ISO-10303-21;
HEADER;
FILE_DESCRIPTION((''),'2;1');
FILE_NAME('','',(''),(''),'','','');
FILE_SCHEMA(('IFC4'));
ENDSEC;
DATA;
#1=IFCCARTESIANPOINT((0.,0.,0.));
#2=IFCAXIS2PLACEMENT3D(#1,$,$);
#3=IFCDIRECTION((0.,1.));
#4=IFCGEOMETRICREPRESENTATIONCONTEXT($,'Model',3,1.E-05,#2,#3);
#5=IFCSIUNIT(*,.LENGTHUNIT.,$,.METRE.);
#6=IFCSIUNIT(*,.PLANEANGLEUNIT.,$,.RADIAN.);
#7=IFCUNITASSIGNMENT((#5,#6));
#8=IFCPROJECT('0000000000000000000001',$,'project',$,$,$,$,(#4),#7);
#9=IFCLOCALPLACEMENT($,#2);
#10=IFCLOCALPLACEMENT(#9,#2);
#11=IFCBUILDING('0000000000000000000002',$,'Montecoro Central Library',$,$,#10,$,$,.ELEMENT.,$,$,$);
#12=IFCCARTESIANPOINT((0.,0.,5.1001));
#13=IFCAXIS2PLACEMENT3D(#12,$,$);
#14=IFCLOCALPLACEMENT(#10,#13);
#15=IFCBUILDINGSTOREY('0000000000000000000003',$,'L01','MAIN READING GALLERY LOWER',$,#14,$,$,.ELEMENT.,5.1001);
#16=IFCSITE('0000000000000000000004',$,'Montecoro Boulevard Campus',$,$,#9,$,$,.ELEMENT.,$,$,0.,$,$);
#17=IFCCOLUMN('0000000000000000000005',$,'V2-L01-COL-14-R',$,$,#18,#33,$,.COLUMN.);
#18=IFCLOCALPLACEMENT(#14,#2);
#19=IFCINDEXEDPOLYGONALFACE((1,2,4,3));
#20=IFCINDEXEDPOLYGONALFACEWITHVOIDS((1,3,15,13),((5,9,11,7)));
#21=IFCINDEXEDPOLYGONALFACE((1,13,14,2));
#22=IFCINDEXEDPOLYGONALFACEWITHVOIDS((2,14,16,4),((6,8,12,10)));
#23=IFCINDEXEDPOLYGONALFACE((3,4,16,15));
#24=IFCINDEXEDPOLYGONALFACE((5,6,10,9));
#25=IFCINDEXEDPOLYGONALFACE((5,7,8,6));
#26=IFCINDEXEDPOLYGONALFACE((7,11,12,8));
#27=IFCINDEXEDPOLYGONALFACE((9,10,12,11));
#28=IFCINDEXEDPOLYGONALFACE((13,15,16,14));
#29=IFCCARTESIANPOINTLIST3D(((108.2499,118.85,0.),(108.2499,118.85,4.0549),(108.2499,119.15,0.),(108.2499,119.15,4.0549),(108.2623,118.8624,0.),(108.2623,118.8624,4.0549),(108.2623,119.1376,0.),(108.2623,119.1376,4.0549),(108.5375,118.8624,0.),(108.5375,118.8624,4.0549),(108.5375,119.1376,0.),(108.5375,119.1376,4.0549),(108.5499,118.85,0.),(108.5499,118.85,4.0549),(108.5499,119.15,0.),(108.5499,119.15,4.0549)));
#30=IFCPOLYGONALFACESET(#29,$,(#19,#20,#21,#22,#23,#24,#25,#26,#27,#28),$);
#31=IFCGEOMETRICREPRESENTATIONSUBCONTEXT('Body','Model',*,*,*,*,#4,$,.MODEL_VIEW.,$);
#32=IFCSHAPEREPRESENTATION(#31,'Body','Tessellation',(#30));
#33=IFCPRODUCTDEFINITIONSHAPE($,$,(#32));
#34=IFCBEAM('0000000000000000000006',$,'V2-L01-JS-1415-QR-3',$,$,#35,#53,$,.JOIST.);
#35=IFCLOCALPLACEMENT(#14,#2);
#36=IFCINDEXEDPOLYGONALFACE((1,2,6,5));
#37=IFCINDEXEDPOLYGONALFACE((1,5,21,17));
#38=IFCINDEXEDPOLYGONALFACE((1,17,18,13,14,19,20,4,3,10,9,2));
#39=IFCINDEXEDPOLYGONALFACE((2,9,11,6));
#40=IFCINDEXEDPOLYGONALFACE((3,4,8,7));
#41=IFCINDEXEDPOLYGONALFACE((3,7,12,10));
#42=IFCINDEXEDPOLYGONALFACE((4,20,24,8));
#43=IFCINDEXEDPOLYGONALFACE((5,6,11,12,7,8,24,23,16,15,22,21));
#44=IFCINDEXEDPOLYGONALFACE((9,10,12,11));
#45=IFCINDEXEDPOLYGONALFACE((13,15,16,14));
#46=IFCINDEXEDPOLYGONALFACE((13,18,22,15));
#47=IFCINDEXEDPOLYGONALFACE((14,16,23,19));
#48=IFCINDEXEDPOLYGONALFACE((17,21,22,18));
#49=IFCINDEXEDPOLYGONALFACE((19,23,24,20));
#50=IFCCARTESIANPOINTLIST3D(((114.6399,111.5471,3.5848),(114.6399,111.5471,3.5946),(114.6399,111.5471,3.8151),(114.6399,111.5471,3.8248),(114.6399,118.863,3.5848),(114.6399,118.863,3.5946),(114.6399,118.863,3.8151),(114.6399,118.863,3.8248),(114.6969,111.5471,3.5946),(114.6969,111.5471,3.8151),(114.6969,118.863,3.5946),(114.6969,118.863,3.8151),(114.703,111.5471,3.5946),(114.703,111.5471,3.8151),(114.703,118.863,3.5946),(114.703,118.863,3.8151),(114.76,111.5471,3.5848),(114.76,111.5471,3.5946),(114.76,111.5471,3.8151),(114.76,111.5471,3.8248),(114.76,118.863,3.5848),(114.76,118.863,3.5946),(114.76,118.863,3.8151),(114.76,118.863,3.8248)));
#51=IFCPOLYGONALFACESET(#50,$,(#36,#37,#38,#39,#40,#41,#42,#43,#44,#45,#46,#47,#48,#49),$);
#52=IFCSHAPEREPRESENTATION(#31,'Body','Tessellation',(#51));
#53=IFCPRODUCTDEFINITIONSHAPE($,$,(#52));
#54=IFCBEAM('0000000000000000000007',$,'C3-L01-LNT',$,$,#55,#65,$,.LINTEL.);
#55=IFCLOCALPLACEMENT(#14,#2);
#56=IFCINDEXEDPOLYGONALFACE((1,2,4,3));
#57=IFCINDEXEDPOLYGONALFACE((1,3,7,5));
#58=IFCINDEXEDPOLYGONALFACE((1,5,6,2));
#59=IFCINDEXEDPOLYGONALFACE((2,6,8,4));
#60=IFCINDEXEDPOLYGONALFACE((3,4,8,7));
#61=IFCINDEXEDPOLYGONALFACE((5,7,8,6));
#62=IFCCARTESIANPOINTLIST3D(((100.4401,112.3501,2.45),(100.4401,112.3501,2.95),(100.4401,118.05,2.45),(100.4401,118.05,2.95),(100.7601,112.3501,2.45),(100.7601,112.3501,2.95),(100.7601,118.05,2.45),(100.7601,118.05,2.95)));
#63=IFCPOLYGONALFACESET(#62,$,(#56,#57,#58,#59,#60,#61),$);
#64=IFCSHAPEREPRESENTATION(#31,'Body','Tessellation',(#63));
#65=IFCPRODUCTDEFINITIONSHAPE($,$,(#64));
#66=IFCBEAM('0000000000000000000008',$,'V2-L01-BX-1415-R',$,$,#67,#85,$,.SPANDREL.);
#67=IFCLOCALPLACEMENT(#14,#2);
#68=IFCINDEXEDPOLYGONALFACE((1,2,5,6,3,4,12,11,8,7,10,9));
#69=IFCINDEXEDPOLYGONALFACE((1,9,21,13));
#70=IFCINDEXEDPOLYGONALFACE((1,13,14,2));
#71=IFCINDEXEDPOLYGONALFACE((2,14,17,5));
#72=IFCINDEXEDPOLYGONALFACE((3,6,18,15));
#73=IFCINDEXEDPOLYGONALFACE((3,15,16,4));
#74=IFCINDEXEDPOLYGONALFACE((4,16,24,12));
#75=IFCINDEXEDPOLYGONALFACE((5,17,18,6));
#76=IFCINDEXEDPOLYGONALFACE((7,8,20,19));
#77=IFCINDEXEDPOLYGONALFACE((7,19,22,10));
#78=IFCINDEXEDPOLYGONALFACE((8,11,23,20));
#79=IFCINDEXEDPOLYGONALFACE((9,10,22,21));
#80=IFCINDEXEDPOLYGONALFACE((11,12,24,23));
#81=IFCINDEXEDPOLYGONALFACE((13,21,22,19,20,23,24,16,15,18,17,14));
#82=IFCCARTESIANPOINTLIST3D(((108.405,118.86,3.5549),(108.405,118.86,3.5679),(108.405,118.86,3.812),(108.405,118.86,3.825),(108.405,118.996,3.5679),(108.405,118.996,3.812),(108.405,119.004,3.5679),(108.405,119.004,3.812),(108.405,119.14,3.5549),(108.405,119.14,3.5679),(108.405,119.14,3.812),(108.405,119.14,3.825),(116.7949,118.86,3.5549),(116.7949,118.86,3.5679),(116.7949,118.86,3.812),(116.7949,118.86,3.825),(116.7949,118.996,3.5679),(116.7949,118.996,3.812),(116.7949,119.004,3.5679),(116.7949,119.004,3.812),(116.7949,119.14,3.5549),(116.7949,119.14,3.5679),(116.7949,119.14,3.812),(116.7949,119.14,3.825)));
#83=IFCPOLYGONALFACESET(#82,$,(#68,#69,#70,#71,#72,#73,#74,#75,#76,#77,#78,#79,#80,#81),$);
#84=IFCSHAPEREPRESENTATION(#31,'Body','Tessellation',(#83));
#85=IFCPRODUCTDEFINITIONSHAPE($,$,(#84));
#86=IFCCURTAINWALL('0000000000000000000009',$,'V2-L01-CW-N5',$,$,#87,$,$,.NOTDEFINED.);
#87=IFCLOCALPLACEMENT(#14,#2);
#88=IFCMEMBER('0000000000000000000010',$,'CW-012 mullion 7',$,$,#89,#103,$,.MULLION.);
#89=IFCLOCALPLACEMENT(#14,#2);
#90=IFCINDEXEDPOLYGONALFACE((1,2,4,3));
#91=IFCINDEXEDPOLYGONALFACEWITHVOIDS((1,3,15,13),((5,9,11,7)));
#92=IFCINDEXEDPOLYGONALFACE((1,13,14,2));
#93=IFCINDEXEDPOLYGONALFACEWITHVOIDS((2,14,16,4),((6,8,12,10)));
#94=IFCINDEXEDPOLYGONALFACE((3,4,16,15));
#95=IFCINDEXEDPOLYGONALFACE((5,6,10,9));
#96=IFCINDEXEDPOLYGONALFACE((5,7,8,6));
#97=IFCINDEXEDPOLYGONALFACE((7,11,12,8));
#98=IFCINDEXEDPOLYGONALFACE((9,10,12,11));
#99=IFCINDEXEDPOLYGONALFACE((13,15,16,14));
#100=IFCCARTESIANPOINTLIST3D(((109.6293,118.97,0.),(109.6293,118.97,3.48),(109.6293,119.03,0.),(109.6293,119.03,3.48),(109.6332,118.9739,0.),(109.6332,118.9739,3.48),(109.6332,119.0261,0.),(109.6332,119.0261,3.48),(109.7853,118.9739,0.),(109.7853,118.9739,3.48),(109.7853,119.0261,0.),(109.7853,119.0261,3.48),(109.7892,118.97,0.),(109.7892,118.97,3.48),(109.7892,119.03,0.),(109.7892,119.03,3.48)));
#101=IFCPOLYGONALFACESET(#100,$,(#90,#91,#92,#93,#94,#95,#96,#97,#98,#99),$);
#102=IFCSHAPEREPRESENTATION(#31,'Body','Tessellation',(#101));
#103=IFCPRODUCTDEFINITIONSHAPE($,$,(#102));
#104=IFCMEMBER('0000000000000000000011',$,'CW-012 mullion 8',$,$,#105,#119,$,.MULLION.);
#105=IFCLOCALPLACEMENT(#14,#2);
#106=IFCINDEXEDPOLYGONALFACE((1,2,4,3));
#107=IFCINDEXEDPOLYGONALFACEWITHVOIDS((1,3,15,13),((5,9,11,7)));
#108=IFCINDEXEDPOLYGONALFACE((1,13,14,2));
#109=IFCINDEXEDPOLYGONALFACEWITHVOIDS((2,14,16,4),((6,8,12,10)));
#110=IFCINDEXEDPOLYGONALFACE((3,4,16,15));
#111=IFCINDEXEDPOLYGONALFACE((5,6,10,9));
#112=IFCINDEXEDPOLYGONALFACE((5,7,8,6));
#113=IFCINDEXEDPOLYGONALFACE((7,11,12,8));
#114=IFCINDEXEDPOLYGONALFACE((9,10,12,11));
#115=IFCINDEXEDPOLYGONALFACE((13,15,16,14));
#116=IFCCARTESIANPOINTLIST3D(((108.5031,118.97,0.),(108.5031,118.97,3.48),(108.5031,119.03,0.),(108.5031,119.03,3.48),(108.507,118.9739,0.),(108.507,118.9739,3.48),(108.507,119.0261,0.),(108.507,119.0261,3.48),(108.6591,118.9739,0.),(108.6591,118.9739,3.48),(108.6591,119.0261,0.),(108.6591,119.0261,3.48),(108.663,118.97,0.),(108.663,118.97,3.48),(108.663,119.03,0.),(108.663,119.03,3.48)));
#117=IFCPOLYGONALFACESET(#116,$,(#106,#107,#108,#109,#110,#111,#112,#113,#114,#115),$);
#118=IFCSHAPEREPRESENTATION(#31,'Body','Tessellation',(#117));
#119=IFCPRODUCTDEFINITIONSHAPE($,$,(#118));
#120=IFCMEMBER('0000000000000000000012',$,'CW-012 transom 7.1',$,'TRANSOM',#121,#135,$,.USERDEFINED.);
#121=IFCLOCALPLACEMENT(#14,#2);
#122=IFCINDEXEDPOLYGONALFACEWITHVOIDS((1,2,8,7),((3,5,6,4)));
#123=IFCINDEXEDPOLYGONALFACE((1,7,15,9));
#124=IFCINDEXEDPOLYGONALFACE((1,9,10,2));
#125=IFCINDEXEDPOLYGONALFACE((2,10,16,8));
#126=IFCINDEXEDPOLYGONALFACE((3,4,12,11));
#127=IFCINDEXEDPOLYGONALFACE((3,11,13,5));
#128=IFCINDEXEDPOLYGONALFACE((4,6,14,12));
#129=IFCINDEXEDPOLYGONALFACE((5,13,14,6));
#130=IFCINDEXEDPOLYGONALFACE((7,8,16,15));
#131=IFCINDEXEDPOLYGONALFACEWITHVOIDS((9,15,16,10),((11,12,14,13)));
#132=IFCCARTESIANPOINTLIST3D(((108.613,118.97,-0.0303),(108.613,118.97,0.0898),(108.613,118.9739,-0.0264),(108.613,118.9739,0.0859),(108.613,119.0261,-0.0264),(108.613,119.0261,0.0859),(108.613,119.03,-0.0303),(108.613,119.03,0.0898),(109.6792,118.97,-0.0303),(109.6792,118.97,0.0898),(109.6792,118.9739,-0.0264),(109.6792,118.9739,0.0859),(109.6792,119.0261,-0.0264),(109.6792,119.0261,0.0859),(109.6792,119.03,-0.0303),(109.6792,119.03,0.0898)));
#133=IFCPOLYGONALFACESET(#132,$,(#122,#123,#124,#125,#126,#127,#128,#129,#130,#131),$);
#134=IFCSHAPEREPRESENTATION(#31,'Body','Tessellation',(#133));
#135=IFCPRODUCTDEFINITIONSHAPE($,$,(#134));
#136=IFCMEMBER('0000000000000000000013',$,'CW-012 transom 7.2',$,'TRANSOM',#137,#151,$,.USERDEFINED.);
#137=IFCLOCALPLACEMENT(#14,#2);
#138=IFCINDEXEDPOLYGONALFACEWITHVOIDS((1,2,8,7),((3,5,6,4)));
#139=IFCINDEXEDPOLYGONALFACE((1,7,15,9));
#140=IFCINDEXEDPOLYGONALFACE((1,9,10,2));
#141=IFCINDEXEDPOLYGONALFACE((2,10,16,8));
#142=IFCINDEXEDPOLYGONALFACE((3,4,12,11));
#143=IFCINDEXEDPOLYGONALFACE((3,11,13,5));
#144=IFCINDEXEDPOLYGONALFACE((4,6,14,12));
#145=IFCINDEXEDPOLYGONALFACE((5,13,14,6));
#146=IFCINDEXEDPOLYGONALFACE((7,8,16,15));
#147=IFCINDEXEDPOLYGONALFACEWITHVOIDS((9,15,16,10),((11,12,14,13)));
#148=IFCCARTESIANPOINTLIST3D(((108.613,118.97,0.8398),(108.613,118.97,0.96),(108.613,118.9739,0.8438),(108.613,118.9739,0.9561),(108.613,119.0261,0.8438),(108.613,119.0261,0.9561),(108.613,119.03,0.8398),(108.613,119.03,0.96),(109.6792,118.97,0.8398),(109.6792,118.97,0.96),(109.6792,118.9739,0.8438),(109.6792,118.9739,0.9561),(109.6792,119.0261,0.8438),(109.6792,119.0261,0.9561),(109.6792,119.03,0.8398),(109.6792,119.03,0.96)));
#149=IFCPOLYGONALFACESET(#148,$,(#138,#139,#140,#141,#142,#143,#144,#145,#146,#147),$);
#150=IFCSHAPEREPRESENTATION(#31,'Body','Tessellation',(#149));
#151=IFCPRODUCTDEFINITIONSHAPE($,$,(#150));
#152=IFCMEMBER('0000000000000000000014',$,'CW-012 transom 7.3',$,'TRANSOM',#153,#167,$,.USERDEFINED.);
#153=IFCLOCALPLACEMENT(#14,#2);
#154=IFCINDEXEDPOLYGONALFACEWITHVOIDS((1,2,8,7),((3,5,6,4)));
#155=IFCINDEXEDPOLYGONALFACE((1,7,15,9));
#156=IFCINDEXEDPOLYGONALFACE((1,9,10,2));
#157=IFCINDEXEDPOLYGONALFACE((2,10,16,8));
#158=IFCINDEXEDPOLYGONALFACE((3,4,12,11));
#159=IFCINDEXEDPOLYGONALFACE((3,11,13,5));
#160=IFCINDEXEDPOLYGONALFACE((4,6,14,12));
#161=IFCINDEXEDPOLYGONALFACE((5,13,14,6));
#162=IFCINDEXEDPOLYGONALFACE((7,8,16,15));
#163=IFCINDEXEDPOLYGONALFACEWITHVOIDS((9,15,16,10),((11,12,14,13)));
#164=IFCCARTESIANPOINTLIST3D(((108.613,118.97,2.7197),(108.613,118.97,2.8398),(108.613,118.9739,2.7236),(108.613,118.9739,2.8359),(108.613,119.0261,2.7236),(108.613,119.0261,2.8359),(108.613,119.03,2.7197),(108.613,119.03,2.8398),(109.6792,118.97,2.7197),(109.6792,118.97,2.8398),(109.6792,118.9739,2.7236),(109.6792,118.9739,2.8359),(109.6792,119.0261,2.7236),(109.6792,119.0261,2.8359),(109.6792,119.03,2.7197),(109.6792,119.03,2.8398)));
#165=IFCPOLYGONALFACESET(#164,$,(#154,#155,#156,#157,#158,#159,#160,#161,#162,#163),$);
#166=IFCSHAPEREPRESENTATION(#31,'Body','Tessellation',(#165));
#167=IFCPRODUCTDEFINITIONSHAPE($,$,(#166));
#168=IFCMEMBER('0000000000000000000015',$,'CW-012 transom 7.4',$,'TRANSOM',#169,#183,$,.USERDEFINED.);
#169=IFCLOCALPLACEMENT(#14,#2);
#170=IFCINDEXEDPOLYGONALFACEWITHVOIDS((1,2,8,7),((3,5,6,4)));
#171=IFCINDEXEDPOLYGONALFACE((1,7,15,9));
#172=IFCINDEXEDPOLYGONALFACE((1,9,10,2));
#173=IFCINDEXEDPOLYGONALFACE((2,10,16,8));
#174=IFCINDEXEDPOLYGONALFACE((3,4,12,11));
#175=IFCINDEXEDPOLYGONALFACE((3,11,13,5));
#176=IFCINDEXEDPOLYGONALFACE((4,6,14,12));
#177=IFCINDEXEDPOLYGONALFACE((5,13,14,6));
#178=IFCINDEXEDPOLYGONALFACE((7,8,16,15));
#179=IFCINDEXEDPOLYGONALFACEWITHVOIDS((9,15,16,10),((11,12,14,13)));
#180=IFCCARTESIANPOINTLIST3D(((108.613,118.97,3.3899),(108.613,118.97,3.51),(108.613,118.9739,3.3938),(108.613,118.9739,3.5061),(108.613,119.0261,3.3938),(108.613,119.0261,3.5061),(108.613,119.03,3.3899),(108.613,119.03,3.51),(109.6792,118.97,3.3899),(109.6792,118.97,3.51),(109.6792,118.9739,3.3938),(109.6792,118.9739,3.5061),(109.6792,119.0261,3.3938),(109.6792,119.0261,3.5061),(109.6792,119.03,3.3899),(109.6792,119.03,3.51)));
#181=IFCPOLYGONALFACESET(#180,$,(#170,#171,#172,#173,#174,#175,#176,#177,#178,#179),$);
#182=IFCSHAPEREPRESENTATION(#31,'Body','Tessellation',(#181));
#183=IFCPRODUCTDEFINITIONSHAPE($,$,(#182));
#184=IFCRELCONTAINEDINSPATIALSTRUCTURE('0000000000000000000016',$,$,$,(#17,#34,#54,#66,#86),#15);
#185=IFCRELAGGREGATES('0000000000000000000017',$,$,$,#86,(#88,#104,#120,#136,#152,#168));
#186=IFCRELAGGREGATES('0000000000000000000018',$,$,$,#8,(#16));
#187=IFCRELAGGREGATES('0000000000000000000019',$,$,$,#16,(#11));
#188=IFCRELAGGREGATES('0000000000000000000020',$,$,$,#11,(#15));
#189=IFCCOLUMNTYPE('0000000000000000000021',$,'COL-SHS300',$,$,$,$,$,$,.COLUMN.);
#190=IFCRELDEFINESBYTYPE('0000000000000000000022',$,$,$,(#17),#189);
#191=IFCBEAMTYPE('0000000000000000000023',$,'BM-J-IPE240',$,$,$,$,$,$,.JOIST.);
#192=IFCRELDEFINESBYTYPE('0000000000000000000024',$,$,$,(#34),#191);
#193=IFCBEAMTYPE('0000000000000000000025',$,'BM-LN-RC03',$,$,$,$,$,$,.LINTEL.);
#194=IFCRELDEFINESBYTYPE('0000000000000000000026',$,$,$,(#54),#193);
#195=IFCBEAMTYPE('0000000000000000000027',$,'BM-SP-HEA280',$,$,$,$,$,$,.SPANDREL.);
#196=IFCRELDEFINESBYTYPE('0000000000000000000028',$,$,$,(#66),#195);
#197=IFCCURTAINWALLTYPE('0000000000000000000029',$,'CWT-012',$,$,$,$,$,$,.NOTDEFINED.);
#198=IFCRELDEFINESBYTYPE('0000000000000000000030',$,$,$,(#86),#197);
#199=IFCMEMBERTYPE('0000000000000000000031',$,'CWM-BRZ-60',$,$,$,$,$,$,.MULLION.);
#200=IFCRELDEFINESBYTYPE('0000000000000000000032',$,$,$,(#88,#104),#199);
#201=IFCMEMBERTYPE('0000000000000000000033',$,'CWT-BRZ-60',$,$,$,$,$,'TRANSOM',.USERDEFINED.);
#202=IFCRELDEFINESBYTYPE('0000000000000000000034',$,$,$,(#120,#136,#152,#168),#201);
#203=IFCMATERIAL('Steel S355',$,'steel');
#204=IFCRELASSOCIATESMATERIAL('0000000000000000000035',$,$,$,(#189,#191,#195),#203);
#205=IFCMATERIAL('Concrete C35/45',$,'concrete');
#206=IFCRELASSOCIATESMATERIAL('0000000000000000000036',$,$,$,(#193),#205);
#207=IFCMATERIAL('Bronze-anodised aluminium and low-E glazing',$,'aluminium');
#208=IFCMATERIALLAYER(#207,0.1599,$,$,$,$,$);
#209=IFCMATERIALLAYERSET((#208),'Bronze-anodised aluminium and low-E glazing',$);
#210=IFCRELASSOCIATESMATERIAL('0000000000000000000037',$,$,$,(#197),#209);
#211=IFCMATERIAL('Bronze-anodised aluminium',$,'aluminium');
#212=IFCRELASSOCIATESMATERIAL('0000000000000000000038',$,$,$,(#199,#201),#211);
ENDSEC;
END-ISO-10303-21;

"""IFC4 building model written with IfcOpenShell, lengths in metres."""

from ifc_helpers import new_model, si_unit, direction, frame, origin, origin_2d, place, context, subcontext, project, spatial, rectangle, hollow_rectangle, i_section, extrude, material, layer, layer_set, material_profile, profile_set, type_object, element, aggregate, save


model = new_model("IFC4")

# Units and contexts
model_context = context("Model", 3, precision=1e-05, world=origin(), true_north=direction((0.0, 1.0)))
body_context = subcontext(model_context, "Body", "Model", "MODEL_VIEW")
ifc_project = project(units=[si_unit("LENGTHUNIT", "METRE"), si_unit("PLANEANGLEUNIT", "RADIAN")], contexts=[model_context])

# Site, building, storey
site_placement = place(None, origin())
site = spatial("IfcSite", under=ifc_project, at=site_placement, Name="Montecoro Boulevard Campus", CompositionType="ELEMENT", RefElevation=0.0)
building_placement = place(site_placement, origin())
building = spatial("IfcBuilding", under=site, at=building_placement, Name="Montecoro Central Library", CompositionType="ELEMENT")
storey_placement = place(building_placement, frame((0.0, 0.0, 5.1001)))
storey = spatial("IfcBuildingStorey", under=building, at=storey_placement, Name="L01", Description="MAIN READING GALLERY LOWER", CompositionType="ELEMENT", Elevation=5.1001)

# Column
ifc_material_1 = material(Name="Steel S355", Category="steel")
ifc_material_profile_1 = material_profile(ifc_material_1, hollow_rectangle(XDim=0.3, YDim=0.3, WallThickness=0.0125, at=origin_2d()), Name="SHS 300x300x12.5")
ifc_profile_set_1 = profile_set([ifc_material_profile_1], Name="Steel S355")
column_type = type_object("IfcColumnType", Name="COL-SHS300", PredefinedType="COLUMN", material=ifc_profile_set_1)
column_placement = place(storey_placement, frame((108.3999, 119.0, 0.0), z_axis=(0.0, 0.0, 1.0), x_axis=(1.0, 0.0, 0.0)))
element("IfcColumn", 1, at=column_placement, inside=storey, type_object=column_type, Name="V2-L01-COL-14-R", PredefinedType="COLUMN", context=body_context, shape_type="SweptSolid", body=[
    extrude(hollow_rectangle(XDim=0.3, YDim=0.3, WallThickness=0.0125, at=origin_2d()), origin(), (0.0, 0.0, 1.0), 4.0549),
])

# Beams
ifc_material_profile_2 = material_profile(ifc_material_1, i_section(OverallWidth=0.1201, OverallDepth=0.24, WebThickness=0.0061, FlangeThickness=0.0098, at=origin_2d()), Name="IPE 240")
ifc_profile_set_2 = profile_set([ifc_material_profile_2], Name="Steel S355")
beam_type_1 = type_object("IfcBeamType", Name="BM-J-IPE240", PredefinedType="JOIST", material=ifc_profile_set_2)
beam_1_placement = place(storey_placement, frame((114.7, 111.5471, 3.7048), z_axis=(0.0, 1.0, 0.0), x_axis=(-1.0, 0.0, 0.0)))
element("IfcBeam", 2, at=beam_1_placement, inside=storey, type_object=beam_type_1, Name="V2-L01-JS-1415-QR-3", PredefinedType="JOIST", context=body_context, shape_type="SweptSolid", body=[
    extrude(i_section(OverallWidth=0.1201, OverallDepth=0.24, WebThickness=0.0061, FlangeThickness=0.0098, at=origin_2d()), origin(), (0.0, 0.0, 1.0), 7.3159),
])
ifc_material_2 = material(Name="Concrete C35/45", Category="concrete")
ifc_material_profile_3 = material_profile(ifc_material_2, rectangle(XDim=0.3201, YDim=0.5, at=origin_2d()), Name="RC LNT 500x320")
ifc_profile_set_3 = profile_set([ifc_material_profile_3], Name="Concrete C35/45")
beam_type_2 = type_object("IfcBeamType", Name="BM-LN-RC03", PredefinedType="LINTEL", material=ifc_profile_set_3)
beam_2_placement = place(storey_placement, frame((100.6001, 112.3501, 2.7), z_axis=(0.0, 1.0, 0.0), x_axis=(-1.0, 0.0, 0.0)))
element("IfcBeam", 3, at=beam_2_placement, inside=storey, type_object=beam_type_2, Name="C3-L01-LNT", PredefinedType="LINTEL", context=body_context, shape_type="SweptSolid", body=[
    extrude(rectangle(XDim=0.3201, YDim=0.5, at=origin_2d()), origin(), (0.0, 0.0, 1.0), 5.7),
])
ifc_material_profile_4 = material_profile(ifc_material_1, i_section(OverallWidth=0.28, OverallDepth=0.27, WebThickness=0.0081, FlangeThickness=0.0129, at=origin_2d()), Name="HEA 280")
ifc_profile_set_4 = profile_set([ifc_material_profile_4], Name="Steel S355")
beam_type_3 = type_object("IfcBeamType", Name="BM-SP-HEA280", PredefinedType="SPANDREL", material=ifc_profile_set_4)
beam_3_placement = place(storey_placement, frame((108.405, 119.0, 3.6899), z_axis=(1.0, 0.0, 0.0), x_axis=(0.0, 1.0, 0.0)))
element("IfcBeam", 4, at=beam_3_placement, inside=storey, type_object=beam_type_3, Name="V2-L01-BX-1415-R", PredefinedType="SPANDREL", context=body_context, shape_type="SweptSolid", body=[
    extrude(i_section(OverallWidth=0.28, OverallDepth=0.27, WebThickness=0.0081, FlangeThickness=0.0129, at=origin_2d()), origin(), (0.0, 0.0, 1.0), 8.3899),
])

# Curtain wall, members
ifc_material_3 = material(Name="Bronze-anodised aluminium and low-E glazing", Category="aluminium")
ifc_layer_1 = layer(ifc_material_3, 0.1599)
ifc_layer_set_1 = layer_set([ifc_layer_1], Name="Bronze-anodised aluminium and low-E glazing")
curtain_wall_type = type_object("IfcCurtainWallType", Name="CWT-012", PredefinedType="NOTDEFINED", material=ifc_layer_set_1)
curtain_wall_placement = place(storey_placement, origin())
curtain_wall = element("IfcCurtainWall", 5, at=curtain_wall_placement, inside=storey, type_object=curtain_wall_type, Name="V2-L01-CW-N5", PredefinedType="NOTDEFINED")
ifc_material_4 = material(Name="Bronze-anodised aluminium", Category="aluminium")
ifc_material_profile_5 = material_profile(ifc_material_4, hollow_rectangle(XDim=0.0601, YDim=0.1599, WallThickness=0.0039, at=origin_2d()), Name="CWM 160x60x4.0")
ifc_profile_set_5 = profile_set([ifc_material_profile_5], Name="Bronze-anodised aluminium")
member_type_1 = type_object("IfcMemberType", Name="CWM-BRZ-60", PredefinedType="MULLION", material=ifc_profile_set_5)
member_1_placement = place(storey_placement, frame((109.7092, 119.0, 0.0), z_axis=(0.0, 0.0, 1.0), x_axis=(0.0, -1.0, 0.0)))
member_1 = element("IfcMember", 6, at=member_1_placement, type_object=member_type_1, Name="CW-012 mullion 7", PredefinedType="MULLION", context=body_context, shape_type="SweptSolid", body=[
    extrude(hollow_rectangle(XDim=0.0601, YDim=0.1599, WallThickness=0.0039, at=origin_2d()), origin(), (0.0, 0.0, 1.0), 3.48),
])
member_2_placement = place(storey_placement, frame((108.583, 119.0, 0.0), z_axis=(0.0, 0.0, 1.0), x_axis=(0.0, -1.0, 0.0)))
member_2 = element("IfcMember", 7, at=member_2_placement, type_object=member_type_1, Name="CW-012 mullion 8", PredefinedType="MULLION", context=body_context, shape_type="SweptSolid", body=[
    extrude(hollow_rectangle(XDim=0.0601, YDim=0.1599, WallThickness=0.0039, at=origin_2d()), origin(), (0.0, 0.0, 1.0), 3.48),
])
ifc_material_profile_6 = material_profile(ifc_material_4, hollow_rectangle(XDim=0.0601, YDim=0.1201, WallThickness=0.0039, at=origin_2d()), Name="CWT 120x60x4.0")
ifc_profile_set_6 = profile_set([ifc_material_profile_6], Name="Bronze-anodised aluminium")
member_type_2 = type_object("IfcMemberType", Name="CWT-BRZ-60", ElementType="TRANSOM", PredefinedType="USERDEFINED", material=ifc_profile_set_6)
member_3_placement = place(storey_placement, frame((109.6792, 119.0, 0.0298), z_axis=(-1.0, 0.0, 0.0), x_axis=(0.0, -1.0, 0.0)))
member_3 = element("IfcMember", 8, at=member_3_placement, type_object=member_type_2, Name="CW-012 transom 7.1", ObjectType="TRANSOM", PredefinedType="USERDEFINED", context=body_context, shape_type="SweptSolid", body=[
    extrude(hollow_rectangle(XDim=0.0601, YDim=0.1201, WallThickness=0.0039, at=origin_2d()), origin(), (0.0, 0.0, 1.0), 1.0662),
])
member_4_placement = place(storey_placement, frame((109.6792, 119.0, 0.8999), z_axis=(-1.0, 0.0, 0.0), x_axis=(0.0, -1.0, 0.0)))
member_4 = element("IfcMember", 9, at=member_4_placement, type_object=member_type_2, Name="CW-012 transom 7.2", ObjectType="TRANSOM", PredefinedType="USERDEFINED", context=body_context, shape_type="SweptSolid", body=[
    extrude(hollow_rectangle(XDim=0.0601, YDim=0.1201, WallThickness=0.0039, at=origin_2d()), origin(), (0.0, 0.0, 1.0), 1.0662),
])
member_5_placement = place(storey_placement, frame((109.6792, 119.0, 2.7798), z_axis=(-1.0, 0.0, 0.0), x_axis=(0.0, -1.0, 0.0)))
member_5 = element("IfcMember", 10, at=member_5_placement, type_object=member_type_2, Name="CW-012 transom 7.3", ObjectType="TRANSOM", PredefinedType="USERDEFINED", context=body_context, shape_type="SweptSolid", body=[
    extrude(hollow_rectangle(XDim=0.0601, YDim=0.1201, WallThickness=0.0039, at=origin_2d()), origin(), (0.0, 0.0, 1.0), 1.0662),
])
member_6_placement = place(storey_placement, frame((109.6792, 119.0, 3.45), z_axis=(-1.0, 0.0, 0.0), x_axis=(0.0, -1.0, 0.0)))
member_6 = element("IfcMember", 11, at=member_6_placement, type_object=member_type_2, Name="CW-012 transom 7.4", ObjectType="TRANSOM", PredefinedType="USERDEFINED", context=body_context, shape_type="SweptSolid", body=[
    extrude(hollow_rectangle(XDim=0.0601, YDim=0.1201, WallThickness=0.0039, at=origin_2d()), origin(), (0.0, 0.0, 1.0), 1.0662),
])
aggregate(curtain_wall, [member_1, member_2, member_3, member_4, member_5, member_6])

save(model, "model.ifc")
